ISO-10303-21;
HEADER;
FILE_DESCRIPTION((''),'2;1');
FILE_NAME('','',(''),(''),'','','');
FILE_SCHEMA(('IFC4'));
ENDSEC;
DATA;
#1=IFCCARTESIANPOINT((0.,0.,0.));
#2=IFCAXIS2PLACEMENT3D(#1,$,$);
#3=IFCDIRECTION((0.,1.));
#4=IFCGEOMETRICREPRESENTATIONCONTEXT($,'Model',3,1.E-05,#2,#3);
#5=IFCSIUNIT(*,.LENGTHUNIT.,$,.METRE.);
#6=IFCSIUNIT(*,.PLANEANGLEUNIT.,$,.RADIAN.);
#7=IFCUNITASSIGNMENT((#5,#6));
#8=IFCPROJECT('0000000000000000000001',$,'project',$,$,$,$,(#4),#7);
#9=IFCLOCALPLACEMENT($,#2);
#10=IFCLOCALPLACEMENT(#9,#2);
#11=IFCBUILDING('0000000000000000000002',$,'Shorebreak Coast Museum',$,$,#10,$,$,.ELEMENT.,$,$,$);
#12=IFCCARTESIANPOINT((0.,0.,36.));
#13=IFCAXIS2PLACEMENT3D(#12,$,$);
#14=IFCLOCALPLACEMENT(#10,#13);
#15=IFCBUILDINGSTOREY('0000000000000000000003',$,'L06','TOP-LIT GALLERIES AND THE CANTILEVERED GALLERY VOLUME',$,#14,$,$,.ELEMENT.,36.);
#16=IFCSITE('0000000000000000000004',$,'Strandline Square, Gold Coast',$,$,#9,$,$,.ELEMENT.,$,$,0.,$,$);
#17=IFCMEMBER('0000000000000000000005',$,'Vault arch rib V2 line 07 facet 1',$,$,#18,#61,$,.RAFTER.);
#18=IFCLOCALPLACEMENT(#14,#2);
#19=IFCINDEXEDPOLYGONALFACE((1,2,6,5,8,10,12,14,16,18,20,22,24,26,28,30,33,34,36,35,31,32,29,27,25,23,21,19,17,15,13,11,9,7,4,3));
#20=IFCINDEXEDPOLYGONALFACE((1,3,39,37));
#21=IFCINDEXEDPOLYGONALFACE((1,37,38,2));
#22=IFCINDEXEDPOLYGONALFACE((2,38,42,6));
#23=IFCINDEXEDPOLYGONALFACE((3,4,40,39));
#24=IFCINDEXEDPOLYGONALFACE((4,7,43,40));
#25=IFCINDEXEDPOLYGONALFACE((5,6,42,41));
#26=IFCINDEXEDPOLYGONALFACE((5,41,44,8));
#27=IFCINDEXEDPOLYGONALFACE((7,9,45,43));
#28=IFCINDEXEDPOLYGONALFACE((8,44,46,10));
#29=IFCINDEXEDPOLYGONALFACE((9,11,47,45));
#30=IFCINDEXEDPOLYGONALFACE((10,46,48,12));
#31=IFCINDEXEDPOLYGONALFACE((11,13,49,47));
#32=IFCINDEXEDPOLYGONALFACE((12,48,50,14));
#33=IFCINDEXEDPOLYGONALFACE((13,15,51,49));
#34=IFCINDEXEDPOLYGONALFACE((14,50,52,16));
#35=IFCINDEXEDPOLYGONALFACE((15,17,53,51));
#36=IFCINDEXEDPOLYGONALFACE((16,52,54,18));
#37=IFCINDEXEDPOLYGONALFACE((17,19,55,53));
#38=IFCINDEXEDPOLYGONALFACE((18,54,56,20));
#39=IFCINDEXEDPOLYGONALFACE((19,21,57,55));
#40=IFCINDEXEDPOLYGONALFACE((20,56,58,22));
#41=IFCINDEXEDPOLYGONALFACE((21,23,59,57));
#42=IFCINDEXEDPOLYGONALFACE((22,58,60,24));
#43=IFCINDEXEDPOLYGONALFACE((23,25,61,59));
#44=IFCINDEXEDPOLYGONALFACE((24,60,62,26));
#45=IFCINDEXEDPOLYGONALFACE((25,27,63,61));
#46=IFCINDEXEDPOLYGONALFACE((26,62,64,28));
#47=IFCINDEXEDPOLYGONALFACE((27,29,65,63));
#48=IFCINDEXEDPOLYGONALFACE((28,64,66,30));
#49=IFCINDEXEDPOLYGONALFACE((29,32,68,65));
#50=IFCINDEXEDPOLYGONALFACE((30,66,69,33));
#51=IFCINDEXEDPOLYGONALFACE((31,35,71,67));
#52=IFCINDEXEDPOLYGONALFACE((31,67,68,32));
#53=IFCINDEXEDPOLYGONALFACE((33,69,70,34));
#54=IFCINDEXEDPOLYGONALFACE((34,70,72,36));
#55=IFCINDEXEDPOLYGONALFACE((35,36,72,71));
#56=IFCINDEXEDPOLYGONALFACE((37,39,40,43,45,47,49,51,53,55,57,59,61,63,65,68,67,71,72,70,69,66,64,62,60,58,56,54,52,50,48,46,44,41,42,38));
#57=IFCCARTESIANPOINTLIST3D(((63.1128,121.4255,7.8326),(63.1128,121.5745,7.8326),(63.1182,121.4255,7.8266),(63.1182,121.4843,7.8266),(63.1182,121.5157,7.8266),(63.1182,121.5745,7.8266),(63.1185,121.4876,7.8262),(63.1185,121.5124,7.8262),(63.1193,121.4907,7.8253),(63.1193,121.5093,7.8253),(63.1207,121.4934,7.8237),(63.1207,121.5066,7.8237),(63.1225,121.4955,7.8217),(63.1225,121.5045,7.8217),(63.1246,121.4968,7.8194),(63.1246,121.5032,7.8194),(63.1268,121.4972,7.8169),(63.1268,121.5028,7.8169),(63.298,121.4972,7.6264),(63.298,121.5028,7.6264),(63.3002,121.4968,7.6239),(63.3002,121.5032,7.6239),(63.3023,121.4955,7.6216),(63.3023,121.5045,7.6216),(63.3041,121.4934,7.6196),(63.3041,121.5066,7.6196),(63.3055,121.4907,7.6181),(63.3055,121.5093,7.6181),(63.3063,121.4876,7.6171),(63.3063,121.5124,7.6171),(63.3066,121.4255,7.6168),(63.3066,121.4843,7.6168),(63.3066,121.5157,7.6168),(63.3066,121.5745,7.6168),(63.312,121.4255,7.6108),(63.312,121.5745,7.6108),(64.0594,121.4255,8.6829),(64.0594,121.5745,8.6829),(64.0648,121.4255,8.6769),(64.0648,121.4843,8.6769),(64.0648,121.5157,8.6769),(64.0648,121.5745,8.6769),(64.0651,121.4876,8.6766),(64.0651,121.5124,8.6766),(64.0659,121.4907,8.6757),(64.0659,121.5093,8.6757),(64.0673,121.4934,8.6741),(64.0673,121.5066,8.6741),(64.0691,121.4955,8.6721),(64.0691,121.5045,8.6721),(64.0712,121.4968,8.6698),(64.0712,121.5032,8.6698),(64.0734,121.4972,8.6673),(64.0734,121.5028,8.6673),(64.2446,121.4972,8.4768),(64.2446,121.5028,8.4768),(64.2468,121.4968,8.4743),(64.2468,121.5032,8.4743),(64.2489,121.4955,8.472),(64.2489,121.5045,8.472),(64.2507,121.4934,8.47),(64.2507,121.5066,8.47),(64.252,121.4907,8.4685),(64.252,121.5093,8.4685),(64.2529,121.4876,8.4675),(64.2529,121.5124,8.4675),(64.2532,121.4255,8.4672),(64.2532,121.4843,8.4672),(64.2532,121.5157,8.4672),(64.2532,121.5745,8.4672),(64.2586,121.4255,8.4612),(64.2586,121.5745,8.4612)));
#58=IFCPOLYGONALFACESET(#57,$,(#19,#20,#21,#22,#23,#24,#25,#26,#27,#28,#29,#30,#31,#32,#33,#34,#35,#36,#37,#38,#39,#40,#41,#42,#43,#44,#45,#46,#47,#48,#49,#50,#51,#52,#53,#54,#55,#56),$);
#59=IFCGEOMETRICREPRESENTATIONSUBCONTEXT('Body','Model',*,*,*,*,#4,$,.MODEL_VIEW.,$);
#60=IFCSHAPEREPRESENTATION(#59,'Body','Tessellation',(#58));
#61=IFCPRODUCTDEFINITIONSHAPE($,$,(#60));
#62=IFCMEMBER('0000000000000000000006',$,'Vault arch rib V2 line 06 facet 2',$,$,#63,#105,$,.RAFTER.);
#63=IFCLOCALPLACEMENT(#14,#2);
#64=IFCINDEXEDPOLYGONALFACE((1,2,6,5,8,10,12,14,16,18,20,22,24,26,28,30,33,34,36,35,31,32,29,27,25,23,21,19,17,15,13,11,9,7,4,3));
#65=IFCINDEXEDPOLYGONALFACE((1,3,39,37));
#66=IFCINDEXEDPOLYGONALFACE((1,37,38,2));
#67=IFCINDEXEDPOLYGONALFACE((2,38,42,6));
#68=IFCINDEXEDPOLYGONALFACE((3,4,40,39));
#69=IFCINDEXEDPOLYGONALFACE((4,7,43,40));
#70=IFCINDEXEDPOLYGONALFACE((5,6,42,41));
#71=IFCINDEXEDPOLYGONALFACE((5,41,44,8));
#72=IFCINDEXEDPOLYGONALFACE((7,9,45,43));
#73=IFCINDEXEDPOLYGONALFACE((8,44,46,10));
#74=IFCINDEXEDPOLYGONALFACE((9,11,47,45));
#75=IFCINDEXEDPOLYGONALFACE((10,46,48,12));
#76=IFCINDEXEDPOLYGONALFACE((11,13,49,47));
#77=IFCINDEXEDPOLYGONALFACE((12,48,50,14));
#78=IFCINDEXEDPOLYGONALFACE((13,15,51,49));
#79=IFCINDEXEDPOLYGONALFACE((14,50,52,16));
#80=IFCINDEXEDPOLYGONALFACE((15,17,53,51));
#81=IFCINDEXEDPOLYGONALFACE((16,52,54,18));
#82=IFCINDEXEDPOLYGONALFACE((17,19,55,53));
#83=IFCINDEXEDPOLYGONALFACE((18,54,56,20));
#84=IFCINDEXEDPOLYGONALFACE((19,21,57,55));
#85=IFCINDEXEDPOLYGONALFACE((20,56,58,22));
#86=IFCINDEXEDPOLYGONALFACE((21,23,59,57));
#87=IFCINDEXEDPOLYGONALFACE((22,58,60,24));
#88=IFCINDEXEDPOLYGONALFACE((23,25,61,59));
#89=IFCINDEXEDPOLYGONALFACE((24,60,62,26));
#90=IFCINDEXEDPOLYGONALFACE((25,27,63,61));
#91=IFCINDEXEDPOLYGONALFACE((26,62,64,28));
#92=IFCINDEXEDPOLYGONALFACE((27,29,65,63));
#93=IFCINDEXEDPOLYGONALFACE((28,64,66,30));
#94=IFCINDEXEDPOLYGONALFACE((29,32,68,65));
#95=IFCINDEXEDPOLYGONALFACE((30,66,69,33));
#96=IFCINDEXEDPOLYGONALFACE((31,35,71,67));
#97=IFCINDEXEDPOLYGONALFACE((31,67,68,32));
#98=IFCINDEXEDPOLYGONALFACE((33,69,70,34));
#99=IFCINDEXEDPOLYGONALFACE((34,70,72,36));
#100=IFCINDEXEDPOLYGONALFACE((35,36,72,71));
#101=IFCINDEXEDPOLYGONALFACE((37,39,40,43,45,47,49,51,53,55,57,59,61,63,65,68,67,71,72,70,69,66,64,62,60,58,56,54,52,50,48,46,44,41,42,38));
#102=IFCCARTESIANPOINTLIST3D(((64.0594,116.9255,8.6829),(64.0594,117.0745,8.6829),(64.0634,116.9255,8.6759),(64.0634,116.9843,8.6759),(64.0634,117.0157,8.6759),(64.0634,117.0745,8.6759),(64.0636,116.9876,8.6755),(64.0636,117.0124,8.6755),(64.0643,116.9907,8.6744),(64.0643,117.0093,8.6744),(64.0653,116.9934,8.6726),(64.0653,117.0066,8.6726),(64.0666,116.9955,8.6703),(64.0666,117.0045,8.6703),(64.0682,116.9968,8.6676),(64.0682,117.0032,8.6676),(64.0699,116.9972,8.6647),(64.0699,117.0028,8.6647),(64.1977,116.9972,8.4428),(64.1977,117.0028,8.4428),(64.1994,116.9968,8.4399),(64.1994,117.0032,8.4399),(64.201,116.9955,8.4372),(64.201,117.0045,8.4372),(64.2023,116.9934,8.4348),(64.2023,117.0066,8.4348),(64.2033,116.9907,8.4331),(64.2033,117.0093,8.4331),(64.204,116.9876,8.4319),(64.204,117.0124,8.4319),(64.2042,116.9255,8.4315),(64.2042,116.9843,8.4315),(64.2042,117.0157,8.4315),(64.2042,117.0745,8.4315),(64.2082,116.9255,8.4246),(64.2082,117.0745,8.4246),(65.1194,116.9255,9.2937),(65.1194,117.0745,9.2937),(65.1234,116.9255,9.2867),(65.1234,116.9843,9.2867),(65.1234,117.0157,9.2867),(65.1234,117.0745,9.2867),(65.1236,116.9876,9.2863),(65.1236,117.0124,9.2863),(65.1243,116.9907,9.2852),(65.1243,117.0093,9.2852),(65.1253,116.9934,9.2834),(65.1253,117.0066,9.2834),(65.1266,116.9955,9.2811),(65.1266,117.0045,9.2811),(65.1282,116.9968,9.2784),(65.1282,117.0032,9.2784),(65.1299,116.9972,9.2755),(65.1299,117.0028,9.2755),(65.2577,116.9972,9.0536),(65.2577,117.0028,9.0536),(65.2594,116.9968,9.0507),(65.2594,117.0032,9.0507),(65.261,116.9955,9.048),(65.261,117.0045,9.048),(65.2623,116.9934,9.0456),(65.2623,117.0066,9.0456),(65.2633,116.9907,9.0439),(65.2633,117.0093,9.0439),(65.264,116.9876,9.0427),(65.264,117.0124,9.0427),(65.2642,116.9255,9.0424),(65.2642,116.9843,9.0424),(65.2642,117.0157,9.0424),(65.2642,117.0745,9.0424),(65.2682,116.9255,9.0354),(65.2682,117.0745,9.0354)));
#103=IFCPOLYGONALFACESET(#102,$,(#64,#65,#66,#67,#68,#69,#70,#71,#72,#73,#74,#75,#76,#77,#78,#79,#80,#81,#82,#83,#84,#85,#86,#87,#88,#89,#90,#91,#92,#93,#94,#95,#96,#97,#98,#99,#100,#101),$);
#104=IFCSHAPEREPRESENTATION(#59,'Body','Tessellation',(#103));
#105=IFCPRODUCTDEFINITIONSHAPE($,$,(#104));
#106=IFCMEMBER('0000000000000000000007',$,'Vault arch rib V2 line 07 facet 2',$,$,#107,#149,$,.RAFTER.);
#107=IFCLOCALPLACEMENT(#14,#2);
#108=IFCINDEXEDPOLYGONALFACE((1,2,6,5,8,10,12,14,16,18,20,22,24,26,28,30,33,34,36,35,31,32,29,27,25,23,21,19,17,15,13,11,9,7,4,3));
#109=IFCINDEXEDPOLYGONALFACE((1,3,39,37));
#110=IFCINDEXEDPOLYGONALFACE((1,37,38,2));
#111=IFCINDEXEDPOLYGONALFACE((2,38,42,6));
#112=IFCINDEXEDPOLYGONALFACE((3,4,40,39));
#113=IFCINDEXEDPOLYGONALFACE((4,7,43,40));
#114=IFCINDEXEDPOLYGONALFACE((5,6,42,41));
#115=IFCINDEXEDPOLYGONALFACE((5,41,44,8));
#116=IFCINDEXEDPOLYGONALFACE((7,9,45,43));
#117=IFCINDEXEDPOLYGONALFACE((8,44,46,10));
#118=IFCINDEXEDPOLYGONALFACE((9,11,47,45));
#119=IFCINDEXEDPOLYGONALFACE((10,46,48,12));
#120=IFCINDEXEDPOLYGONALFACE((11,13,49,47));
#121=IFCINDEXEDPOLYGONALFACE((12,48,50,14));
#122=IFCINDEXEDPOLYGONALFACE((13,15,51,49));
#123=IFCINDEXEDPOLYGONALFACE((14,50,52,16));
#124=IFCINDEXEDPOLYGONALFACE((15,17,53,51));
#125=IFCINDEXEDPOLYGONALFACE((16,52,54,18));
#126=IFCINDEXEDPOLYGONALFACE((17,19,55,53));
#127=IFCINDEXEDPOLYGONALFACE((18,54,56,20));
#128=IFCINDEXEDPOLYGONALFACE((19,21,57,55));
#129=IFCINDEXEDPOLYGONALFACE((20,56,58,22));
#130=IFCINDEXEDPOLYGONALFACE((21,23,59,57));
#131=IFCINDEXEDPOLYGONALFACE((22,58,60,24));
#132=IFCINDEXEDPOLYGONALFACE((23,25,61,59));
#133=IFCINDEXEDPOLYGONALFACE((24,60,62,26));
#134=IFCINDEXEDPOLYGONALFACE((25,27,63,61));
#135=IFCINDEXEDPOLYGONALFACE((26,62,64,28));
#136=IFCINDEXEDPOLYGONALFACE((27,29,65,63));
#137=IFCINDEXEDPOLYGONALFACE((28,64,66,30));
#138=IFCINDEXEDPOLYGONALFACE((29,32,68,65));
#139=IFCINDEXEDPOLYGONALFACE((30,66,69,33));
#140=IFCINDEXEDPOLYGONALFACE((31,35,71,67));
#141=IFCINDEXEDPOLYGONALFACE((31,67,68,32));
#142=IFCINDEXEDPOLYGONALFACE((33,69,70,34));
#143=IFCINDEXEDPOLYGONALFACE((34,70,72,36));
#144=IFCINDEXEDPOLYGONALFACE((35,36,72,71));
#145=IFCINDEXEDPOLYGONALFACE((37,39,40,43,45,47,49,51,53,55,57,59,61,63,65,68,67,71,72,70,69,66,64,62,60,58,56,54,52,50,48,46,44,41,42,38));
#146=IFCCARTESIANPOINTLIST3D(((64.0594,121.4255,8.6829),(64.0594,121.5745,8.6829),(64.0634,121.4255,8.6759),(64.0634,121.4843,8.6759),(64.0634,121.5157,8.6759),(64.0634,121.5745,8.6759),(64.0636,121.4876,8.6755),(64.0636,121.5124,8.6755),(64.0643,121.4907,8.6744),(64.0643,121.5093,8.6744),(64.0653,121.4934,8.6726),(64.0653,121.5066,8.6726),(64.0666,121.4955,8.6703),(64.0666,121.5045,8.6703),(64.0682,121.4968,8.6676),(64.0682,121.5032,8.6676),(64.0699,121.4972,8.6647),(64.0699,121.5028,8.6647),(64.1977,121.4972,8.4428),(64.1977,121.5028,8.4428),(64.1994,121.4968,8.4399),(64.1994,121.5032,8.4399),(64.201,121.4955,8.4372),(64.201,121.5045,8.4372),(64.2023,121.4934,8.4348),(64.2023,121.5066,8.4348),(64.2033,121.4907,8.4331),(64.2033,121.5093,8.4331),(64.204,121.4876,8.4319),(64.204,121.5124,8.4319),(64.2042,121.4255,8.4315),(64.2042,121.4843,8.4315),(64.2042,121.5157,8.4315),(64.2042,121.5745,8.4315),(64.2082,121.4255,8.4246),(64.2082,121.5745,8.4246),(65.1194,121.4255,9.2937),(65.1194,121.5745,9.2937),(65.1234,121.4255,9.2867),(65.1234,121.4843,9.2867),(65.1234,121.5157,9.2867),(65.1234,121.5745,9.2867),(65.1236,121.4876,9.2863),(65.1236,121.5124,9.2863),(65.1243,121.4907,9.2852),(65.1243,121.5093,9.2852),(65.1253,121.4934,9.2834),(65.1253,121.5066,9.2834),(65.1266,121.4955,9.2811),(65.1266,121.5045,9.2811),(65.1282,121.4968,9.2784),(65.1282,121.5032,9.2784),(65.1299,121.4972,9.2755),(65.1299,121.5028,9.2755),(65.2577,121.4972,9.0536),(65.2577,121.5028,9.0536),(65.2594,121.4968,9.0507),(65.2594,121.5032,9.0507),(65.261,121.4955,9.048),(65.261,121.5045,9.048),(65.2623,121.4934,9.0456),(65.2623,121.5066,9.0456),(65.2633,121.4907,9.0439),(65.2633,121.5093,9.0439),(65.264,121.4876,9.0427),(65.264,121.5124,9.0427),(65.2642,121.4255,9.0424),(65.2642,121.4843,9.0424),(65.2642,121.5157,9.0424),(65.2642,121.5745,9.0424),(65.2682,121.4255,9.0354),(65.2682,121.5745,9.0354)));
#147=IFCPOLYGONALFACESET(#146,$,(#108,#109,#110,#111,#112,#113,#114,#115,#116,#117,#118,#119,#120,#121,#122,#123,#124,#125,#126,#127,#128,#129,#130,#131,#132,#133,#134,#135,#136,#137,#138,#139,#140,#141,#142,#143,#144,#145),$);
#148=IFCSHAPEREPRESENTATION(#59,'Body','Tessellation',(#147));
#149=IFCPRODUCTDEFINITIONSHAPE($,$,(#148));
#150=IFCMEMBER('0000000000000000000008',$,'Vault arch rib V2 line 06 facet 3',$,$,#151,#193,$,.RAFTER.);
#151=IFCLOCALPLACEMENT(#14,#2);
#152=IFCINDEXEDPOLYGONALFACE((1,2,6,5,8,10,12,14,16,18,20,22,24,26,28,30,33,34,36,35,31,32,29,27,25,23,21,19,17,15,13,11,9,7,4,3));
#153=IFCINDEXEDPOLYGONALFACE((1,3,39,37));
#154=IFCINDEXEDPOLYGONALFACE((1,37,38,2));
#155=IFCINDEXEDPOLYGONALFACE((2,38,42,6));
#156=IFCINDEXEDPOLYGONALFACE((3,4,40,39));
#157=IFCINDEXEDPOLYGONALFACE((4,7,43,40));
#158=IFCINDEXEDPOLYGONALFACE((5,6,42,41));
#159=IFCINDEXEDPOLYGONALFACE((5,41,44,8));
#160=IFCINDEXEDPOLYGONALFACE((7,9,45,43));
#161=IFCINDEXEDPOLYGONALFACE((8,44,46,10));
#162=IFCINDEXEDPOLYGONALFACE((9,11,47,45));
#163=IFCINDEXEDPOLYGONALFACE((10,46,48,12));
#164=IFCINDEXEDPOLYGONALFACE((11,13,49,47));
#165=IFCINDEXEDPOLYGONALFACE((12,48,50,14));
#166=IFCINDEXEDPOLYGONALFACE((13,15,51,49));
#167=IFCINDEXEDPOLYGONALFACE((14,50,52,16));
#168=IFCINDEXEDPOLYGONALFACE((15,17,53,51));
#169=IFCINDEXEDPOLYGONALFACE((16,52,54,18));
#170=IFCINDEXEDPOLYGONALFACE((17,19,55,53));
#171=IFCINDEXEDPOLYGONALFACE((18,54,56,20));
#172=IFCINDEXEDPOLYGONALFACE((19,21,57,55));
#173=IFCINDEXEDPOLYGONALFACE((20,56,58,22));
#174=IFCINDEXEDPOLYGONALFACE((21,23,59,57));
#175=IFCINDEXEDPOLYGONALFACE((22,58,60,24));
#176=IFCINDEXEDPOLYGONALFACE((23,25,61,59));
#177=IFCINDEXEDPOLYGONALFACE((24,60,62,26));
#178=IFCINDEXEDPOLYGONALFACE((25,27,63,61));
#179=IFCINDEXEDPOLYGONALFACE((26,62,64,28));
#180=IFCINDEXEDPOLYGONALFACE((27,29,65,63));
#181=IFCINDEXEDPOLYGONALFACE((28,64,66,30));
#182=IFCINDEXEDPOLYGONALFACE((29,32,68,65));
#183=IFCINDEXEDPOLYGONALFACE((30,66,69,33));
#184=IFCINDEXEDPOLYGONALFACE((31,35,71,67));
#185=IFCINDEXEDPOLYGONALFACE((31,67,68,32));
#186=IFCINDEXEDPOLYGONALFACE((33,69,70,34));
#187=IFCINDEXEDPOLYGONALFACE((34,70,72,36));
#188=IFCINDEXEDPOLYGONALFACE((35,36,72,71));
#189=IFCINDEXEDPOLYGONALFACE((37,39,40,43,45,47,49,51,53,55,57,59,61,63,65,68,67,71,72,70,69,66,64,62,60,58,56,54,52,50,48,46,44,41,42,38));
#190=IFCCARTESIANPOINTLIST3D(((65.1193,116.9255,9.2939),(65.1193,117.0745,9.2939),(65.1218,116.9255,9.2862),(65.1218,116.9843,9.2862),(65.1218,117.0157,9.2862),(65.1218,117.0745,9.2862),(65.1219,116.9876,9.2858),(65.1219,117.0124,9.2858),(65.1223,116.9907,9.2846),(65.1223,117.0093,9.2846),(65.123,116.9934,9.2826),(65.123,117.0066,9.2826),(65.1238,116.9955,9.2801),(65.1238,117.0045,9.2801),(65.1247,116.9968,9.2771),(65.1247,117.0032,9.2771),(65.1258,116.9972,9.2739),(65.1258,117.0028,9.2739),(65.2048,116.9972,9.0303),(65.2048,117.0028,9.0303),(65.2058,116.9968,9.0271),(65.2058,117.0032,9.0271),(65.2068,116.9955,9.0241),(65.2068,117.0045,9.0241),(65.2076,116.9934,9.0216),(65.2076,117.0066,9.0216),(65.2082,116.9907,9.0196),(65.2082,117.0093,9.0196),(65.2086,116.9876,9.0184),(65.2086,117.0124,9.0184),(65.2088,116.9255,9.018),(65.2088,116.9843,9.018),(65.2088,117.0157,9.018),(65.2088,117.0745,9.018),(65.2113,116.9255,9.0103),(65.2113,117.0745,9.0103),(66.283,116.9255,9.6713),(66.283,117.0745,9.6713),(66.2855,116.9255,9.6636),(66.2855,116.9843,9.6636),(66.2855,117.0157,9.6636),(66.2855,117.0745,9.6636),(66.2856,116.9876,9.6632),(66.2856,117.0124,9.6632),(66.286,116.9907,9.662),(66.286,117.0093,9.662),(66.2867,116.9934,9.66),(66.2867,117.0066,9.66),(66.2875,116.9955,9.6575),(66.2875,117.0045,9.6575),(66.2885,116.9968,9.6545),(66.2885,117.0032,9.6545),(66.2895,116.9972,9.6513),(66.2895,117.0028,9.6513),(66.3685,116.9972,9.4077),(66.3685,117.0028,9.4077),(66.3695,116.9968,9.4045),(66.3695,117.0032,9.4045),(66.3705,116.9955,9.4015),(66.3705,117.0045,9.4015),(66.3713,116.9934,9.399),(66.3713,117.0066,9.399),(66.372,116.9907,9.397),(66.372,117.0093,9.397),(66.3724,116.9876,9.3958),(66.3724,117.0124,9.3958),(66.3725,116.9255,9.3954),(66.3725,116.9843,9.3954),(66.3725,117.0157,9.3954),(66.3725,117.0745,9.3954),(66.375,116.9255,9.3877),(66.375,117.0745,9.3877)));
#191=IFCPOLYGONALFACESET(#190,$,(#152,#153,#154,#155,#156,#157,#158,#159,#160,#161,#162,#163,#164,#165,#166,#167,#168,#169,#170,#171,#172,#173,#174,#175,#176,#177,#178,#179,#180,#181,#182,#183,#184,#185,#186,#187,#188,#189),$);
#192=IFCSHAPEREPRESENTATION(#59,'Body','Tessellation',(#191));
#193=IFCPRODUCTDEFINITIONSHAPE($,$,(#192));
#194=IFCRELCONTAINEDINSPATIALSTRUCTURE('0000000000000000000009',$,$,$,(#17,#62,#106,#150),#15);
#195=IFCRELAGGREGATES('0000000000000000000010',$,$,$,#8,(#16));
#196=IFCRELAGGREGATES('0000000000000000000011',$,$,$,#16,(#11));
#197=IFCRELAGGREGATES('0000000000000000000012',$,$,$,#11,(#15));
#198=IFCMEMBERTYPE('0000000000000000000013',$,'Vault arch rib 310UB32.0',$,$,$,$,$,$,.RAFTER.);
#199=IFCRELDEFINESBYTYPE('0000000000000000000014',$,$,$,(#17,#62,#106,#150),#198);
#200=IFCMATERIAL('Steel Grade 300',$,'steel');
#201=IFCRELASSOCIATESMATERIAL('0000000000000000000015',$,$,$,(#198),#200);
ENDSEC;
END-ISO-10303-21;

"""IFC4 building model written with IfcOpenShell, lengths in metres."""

from ifc_helpers import new_model, si_unit, direction, frame, origin, origin_2d, place, context, subcontext, project, spatial, i_section, extrude, material, material_profile, profile_set, type_object, element, save


model = new_model("IFC4")

# Units and contexts
model_context = context("Model", 3, precision=1e-05, world=origin(), true_north=direction((0.0, 1.0)))
body_context = subcontext(model_context, "Body", "Model", "MODEL_VIEW")
ifc_project = project(units=[si_unit("LENGTHUNIT", "METRE"), si_unit("PLANEANGLEUNIT", "RADIAN")], contexts=[model_context])

# Site, building, storey
site_placement = place(None, origin())
site = spatial("IfcSite", under=ifc_project, at=site_placement, Name="Strandline Square, Gold Coast", CompositionType="ELEMENT", RefElevation=0.0)
building_placement = place(site_placement, origin())
building = spatial("IfcBuilding", under=site, at=building_placement, Name="Shorebreak Coast Museum", CompositionType="ELEMENT")
storey_placement = place(building_placement, frame((0.0, 0.0, 36.0)))
storey = spatial("IfcBuildingStorey", under=building, at=storey_placement, Name="L06", Description="TOP-LIT GALLERIES AND THE CANTILEVERED GALLERY VOLUME", CompositionType="ELEMENT", Elevation=36.0)

# Members
ifc_material_1 = material(Name="Steel Grade 300", Category="steel")
ifc_material_profile_1 = material_profile(ifc_material_1, i_section(OverallWidth=0.1489, OverallDepth=0.2981, WebThickness=0.0056, FlangeThickness=0.0081, FilletRadius=0.0129, at=origin_2d()), Name="310UB32.0")
ifc_profile_set_1 = profile_set([ifc_material_profile_1], Name="Steel Grade 300")
member_type_1 = type_object("IfcMemberType", Name="Vault arch rib 310UB32.0", PredefinedType="RAFTER", material=ifc_profile_set_1)
for number, where, z_axis, x_axis, name in (
    (1, (63.2124, 121.5, 7.7217), (0.743895, 0.0, 0.668297), (0.0, 1.0, 0.0), "Vault arch rib V2 line 07 facet 1"),
):
    element("IfcMember", number, at=place(storey_placement, frame(where, z_axis=z_axis, x_axis=x_axis)), inside=storey, type_object=member_type_1, Name=name, PredefinedType="RAFTER", context=body_context, shape_type="SweptSolid", body=[
        extrude(i_section(OverallWidth=0.1489, OverallDepth=0.2981, WebThickness=0.0056, FlangeThickness=0.0081, FilletRadius=0.0129, at=origin_2d()), origin(), (0.0, 0.0, 1.0), 1.2725),
    ])
for number, where, z_axis, x_axis, name in (
    (2, (64.1338, 117.0, 8.5537), (0.866445, 0.0, 0.499273), (0.0, 1.0, 0.0), "Vault arch rib V2 line 06 facet 2"),
    (3, (64.1338, 121.5, 8.5537), (0.866445, 0.0, 0.499273), (0.0, 1.0, 0.0), "Vault arch rib V2 line 07 facet 2"),
    (4, (65.1653, 117.0, 9.1521), (0.951226, 0.0, 0.308495), (0.0, 1.0, 0.0), "Vault arch rib V2 line 06 facet 3"),
):
    element("IfcMember", number, at=place(storey_placement, frame(where, z_axis=z_axis, x_axis=x_axis)), inside=storey, type_object=member_type_1, Name=name, PredefinedType="RAFTER", context=body_context, shape_type="SweptSolid", body=[
        extrude(i_section(OverallWidth=0.1489, OverallDepth=0.2981, WebThickness=0.0056, FlangeThickness=0.0081, FilletRadius=0.0129, at=origin_2d()), origin(), (0.0, 0.0, 1.0), 1.2234),
    ])

save(model, "model.ifc")
